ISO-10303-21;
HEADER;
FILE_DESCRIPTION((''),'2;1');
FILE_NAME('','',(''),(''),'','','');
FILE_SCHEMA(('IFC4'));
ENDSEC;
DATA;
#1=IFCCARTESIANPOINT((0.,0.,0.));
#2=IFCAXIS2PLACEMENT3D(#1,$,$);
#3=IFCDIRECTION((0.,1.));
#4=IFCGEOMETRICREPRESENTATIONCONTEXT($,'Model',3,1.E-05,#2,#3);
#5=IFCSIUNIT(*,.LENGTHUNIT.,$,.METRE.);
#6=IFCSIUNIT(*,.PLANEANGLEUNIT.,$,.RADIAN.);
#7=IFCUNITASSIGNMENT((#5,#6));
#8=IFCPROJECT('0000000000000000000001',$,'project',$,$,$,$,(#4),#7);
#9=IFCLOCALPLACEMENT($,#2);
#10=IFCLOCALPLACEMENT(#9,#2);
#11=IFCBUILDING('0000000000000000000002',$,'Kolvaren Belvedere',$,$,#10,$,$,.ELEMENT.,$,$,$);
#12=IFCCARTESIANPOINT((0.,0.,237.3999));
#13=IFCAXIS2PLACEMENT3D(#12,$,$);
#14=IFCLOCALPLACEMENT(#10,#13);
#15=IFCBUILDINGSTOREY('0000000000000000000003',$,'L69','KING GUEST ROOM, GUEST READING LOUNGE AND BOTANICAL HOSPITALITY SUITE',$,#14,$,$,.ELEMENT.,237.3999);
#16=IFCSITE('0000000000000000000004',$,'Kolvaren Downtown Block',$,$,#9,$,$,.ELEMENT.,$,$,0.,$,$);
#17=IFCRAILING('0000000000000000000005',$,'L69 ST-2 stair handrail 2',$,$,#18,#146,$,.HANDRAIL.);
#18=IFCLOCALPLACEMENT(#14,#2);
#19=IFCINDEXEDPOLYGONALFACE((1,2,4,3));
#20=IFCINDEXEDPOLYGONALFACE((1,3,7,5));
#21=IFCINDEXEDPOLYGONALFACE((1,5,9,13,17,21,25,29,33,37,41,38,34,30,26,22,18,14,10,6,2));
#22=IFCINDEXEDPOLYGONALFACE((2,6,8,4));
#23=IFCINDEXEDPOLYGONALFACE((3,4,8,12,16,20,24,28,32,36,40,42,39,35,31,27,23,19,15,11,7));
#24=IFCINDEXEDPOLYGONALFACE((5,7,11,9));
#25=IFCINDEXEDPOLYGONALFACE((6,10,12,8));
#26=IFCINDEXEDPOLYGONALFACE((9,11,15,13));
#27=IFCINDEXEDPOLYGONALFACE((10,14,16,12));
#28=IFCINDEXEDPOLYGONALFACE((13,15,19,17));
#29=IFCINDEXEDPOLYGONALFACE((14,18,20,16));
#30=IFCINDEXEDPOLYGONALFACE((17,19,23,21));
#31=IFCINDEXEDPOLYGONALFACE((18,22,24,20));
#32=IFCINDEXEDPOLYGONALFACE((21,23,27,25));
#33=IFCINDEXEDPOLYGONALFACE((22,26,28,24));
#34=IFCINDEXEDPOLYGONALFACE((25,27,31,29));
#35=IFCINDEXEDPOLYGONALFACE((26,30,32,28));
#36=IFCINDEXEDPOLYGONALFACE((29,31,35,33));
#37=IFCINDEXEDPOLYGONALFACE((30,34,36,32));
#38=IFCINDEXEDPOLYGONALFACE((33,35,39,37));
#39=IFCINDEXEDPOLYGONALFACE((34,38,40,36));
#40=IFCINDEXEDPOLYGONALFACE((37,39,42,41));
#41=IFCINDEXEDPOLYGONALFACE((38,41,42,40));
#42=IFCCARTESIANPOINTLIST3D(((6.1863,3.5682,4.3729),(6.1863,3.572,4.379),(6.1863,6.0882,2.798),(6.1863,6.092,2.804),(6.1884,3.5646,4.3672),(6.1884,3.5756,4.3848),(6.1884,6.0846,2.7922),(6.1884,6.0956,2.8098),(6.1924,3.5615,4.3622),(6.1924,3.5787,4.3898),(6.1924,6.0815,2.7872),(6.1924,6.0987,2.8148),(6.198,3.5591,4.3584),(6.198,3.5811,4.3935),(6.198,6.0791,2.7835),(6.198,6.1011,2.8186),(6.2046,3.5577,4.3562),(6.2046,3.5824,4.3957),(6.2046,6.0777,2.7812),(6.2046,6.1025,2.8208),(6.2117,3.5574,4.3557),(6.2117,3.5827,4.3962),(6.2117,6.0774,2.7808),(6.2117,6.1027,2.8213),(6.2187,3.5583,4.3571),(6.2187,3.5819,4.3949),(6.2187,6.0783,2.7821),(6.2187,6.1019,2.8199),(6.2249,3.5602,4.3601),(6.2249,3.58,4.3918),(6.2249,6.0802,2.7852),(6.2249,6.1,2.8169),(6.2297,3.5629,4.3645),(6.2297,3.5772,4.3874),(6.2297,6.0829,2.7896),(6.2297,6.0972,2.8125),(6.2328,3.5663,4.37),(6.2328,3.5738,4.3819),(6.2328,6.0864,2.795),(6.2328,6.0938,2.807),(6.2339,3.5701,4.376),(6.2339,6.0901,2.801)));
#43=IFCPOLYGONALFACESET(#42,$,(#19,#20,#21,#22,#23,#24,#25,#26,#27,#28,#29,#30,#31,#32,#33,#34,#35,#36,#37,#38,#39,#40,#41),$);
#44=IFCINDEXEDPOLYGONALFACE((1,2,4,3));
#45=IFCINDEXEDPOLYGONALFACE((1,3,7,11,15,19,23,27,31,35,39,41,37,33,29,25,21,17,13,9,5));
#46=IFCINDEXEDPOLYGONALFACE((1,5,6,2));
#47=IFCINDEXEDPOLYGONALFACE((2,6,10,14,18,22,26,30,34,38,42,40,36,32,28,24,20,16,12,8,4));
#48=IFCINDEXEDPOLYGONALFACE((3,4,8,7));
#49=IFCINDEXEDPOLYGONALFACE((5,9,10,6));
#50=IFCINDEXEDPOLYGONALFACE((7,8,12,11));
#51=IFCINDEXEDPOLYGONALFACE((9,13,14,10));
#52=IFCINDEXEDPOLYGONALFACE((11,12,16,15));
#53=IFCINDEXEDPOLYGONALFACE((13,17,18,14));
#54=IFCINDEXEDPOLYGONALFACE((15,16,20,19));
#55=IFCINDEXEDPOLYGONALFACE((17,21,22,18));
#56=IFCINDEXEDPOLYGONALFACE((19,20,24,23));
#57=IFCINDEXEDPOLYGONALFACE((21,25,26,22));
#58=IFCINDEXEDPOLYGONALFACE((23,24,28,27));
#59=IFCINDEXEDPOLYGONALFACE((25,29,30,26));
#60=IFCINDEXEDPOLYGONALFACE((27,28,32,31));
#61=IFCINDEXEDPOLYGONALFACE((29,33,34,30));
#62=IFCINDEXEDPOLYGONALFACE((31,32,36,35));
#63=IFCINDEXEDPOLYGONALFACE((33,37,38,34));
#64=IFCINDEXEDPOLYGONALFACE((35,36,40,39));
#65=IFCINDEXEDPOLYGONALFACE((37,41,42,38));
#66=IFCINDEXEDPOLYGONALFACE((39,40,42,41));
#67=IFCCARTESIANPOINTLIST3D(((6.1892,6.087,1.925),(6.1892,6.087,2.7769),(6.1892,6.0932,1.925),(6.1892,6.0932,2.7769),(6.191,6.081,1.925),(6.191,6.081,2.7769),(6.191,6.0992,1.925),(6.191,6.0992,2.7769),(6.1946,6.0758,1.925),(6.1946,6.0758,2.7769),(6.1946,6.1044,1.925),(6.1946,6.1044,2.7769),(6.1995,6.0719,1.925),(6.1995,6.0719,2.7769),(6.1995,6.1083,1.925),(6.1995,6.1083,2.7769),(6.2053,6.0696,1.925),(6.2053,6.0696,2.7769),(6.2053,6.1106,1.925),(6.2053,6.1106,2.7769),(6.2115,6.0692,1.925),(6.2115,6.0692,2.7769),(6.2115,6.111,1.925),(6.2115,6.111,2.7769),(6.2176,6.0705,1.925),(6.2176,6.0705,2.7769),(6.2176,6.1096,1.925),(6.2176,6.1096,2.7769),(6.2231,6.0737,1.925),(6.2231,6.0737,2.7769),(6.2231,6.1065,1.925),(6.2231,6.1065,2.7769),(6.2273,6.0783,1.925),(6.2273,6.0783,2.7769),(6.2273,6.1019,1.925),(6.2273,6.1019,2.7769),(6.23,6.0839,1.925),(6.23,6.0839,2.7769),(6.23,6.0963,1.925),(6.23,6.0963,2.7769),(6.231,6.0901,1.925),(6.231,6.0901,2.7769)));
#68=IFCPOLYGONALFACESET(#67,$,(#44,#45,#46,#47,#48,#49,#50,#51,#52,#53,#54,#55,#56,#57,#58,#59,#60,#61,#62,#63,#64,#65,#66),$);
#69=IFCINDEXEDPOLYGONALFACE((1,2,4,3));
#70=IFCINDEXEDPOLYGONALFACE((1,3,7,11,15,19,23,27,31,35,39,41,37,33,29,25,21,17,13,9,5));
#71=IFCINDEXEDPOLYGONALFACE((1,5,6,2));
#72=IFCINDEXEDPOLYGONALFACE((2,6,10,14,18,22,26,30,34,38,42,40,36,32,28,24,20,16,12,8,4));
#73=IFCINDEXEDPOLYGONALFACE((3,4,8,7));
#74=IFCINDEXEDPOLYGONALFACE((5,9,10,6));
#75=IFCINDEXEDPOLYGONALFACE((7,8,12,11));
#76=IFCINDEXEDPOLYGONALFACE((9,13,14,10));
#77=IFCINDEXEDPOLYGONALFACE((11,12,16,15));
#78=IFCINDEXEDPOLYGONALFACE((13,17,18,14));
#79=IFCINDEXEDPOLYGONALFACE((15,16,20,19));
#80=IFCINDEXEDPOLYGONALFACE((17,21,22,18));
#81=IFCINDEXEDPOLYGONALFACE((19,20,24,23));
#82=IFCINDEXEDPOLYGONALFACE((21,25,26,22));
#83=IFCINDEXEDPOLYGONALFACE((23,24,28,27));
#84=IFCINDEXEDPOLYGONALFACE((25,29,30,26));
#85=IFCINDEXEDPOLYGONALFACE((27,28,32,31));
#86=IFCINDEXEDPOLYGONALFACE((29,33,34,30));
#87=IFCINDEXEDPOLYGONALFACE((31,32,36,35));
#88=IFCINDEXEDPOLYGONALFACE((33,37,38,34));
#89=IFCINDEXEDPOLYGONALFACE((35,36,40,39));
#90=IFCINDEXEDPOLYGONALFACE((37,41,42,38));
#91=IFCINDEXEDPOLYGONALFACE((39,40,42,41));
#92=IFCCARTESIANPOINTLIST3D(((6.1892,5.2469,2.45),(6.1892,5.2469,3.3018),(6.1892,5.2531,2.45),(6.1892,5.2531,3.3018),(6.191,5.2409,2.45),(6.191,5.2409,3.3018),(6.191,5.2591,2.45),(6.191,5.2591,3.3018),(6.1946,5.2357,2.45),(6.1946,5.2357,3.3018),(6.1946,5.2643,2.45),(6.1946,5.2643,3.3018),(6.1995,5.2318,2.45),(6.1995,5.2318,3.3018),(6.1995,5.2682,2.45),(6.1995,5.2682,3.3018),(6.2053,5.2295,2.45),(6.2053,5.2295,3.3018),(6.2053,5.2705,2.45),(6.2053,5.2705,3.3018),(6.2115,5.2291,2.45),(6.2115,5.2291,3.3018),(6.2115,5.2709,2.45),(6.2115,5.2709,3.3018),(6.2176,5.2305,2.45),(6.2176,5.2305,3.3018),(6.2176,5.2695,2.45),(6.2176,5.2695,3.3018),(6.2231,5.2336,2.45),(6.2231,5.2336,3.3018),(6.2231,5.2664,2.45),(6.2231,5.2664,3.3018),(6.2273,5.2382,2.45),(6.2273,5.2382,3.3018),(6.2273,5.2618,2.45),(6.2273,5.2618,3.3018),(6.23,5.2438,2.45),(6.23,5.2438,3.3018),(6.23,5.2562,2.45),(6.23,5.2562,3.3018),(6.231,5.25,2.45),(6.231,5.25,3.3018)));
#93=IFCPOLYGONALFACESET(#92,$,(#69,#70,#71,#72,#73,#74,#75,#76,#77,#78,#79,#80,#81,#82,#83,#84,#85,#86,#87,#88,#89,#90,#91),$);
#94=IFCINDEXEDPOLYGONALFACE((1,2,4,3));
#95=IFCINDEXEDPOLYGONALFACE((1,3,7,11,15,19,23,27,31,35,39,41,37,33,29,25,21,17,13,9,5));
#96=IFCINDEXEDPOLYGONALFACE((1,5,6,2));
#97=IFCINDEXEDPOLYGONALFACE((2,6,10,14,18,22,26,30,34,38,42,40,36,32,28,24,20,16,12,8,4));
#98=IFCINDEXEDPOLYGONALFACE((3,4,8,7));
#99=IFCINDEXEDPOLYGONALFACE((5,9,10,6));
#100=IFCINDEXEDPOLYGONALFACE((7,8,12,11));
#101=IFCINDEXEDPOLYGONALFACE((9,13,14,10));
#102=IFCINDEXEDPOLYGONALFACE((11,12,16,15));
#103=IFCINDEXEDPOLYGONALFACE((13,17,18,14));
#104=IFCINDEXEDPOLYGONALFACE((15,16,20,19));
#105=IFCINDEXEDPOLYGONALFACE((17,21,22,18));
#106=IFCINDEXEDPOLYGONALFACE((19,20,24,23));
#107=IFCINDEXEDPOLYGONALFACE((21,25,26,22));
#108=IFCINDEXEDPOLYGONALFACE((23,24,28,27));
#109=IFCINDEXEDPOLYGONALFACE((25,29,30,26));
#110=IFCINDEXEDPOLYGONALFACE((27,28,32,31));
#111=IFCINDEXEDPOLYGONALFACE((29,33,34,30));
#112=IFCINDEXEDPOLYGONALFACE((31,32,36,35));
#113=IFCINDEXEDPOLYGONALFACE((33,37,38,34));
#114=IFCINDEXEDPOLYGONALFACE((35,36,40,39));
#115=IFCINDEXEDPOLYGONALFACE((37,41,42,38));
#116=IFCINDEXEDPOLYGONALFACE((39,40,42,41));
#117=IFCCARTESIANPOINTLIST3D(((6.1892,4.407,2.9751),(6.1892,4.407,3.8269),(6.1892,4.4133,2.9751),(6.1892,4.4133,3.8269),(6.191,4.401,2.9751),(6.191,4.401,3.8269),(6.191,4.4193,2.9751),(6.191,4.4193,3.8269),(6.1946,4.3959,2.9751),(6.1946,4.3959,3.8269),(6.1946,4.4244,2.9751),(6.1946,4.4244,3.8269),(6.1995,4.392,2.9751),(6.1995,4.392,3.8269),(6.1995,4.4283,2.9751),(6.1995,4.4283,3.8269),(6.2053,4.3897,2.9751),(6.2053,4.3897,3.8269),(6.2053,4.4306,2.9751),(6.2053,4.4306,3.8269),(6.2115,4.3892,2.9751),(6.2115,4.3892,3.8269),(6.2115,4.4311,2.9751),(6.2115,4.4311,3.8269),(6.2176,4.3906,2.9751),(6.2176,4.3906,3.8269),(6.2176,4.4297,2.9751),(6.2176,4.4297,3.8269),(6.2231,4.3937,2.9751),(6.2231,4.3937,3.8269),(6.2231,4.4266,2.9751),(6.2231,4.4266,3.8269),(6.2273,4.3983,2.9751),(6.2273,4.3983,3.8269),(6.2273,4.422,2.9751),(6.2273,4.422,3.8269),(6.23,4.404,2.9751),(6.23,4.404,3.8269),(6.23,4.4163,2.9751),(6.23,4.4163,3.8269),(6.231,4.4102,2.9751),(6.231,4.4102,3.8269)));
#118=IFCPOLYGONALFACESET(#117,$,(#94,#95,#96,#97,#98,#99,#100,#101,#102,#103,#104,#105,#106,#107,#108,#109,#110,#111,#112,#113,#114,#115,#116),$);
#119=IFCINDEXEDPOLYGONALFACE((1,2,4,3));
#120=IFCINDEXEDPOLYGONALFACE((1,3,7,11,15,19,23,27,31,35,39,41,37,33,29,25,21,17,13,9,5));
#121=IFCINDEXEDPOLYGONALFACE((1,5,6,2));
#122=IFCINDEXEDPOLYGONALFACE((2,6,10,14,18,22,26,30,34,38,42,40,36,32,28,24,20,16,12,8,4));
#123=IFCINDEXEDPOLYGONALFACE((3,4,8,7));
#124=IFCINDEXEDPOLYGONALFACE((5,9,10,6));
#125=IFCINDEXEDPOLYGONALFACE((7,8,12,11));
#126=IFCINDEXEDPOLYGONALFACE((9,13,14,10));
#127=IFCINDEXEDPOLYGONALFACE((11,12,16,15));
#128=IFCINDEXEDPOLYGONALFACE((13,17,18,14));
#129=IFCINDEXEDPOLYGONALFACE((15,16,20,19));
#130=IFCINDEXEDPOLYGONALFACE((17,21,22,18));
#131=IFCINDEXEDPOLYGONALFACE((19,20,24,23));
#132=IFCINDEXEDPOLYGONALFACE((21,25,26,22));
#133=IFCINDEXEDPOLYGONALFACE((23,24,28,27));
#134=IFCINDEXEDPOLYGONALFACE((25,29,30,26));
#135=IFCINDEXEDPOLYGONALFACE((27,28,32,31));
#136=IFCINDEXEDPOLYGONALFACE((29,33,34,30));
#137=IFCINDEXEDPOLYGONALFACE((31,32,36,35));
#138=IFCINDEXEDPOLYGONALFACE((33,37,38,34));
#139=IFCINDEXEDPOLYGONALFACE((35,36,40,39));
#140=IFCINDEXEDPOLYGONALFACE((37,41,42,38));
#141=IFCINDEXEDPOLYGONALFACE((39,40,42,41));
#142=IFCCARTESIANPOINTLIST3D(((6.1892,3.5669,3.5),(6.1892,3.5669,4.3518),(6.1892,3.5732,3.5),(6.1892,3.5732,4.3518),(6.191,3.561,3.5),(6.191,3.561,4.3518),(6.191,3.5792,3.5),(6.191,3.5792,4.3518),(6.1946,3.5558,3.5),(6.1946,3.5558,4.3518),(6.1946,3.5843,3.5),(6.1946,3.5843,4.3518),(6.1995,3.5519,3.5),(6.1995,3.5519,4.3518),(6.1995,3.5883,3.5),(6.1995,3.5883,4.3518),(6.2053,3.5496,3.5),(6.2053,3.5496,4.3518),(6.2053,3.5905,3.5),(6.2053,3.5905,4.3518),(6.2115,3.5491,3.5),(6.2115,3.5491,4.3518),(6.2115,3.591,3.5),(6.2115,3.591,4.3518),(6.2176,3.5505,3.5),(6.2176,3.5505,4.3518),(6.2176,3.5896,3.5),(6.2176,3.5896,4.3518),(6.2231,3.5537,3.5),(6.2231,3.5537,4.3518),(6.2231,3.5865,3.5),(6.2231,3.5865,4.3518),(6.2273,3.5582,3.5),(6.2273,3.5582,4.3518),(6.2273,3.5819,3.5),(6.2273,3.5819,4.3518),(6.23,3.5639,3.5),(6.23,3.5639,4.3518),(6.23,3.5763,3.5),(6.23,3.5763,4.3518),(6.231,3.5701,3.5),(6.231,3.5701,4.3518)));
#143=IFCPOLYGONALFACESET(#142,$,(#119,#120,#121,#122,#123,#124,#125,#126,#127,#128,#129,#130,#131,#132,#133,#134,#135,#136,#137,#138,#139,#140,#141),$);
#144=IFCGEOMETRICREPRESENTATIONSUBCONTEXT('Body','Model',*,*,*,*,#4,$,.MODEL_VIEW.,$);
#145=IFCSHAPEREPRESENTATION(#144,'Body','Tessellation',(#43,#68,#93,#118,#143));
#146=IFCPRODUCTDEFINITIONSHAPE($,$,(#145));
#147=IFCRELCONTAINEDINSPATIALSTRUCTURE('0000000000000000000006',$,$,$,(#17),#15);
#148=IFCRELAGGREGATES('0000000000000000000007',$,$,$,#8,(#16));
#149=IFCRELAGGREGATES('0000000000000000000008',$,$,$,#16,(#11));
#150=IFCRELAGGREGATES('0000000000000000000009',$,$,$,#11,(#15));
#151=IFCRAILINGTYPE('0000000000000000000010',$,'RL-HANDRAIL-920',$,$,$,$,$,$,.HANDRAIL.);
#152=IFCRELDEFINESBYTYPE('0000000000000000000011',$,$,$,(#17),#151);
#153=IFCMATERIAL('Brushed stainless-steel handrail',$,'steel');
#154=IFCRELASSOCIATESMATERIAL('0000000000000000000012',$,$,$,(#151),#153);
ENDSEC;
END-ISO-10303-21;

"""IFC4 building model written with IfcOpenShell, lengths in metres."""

from ifc_helpers import new_model, si_unit, direction, frame, origin, origin_2d, place, context, subcontext, project, spatial, circle, extrude, material, type_object, element, save


model = new_model("IFC4")

# Units and contexts
model_context = context("Model", 3, precision=1e-05, world=origin(), true_north=direction((0.0, 1.0)))
body_context = subcontext(model_context, "Body", "Model", "MODEL_VIEW")
ifc_project = project(units=[si_unit("LENGTHUNIT", "METRE"), si_unit("PLANEANGLEUNIT", "RADIAN")], contexts=[model_context])

# Site, building, storey
site_placement = place(None, origin())
site = spatial("IfcSite", under=ifc_project, at=site_placement, Name="Kolvaren Downtown Block", CompositionType="ELEMENT", RefElevation=0.0)
building_placement = place(site_placement, origin())
building = spatial("IfcBuilding", under=site, at=building_placement, Name="Kolvaren Belvedere", CompositionType="ELEMENT")
storey_placement = place(building_placement, frame((0.0, 0.0, 237.3999)))
storey = spatial("IfcBuildingStorey", under=building, at=storey_placement, Name="L69", Description="KING GUEST ROOM, GUEST READING LOUNGE AND BOTANICAL HOSPITALITY SUITE", CompositionType="ELEMENT", Elevation=237.3999)

# Railing
ifc_material_1 = material(Name="Brushed stainless-steel handrail", Category="steel")
railing_type_1 = type_object("IfcRailingType", Name="RL-HANDRAIL-920", PredefinedType="HANDRAIL", material=ifc_material_1)
railing_1_placement = place(storey_placement, frame((6.21, 6.0901, 1.925)))
element("IfcRailing", 1, at=railing_1_placement, inside=storey, type_object=railing_type_1, Name="L69 ST-2 stair handrail 2", PredefinedType="HANDRAIL", context=body_context, shape_type="SweptSolid", body=[
    extrude(circle(Radius=0.0239, at=origin_2d()), frame((0.0, 0.0, 0.876), z_axis=(0.0, -0.848008, 0.529984), x_axis=(1.0, 0.0, 0.0)), (0.0, 0.0, 1.0), 2.9717),
    extrude(circle(Radius=0.021, at=origin_2d()), origin(), (0.0, 0.0, 1.0), 0.8518),
    extrude(circle(Radius=0.021, at=origin_2d()), frame((0.0, -0.8401, 0.5249)), (0.0, 0.0, 1.0), 0.8518),
    extrude(circle(Radius=0.021, at=origin_2d()), frame((0.0, -1.6799, 1.05)), (0.0, 0.0, 1.0), 0.8518),
    extrude(circle(Radius=0.021, at=origin_2d()), frame((0.0, -2.52, 1.575)), (0.0, 0.0, 1.0), 0.8518),
])

save(model, "model.ifc")
